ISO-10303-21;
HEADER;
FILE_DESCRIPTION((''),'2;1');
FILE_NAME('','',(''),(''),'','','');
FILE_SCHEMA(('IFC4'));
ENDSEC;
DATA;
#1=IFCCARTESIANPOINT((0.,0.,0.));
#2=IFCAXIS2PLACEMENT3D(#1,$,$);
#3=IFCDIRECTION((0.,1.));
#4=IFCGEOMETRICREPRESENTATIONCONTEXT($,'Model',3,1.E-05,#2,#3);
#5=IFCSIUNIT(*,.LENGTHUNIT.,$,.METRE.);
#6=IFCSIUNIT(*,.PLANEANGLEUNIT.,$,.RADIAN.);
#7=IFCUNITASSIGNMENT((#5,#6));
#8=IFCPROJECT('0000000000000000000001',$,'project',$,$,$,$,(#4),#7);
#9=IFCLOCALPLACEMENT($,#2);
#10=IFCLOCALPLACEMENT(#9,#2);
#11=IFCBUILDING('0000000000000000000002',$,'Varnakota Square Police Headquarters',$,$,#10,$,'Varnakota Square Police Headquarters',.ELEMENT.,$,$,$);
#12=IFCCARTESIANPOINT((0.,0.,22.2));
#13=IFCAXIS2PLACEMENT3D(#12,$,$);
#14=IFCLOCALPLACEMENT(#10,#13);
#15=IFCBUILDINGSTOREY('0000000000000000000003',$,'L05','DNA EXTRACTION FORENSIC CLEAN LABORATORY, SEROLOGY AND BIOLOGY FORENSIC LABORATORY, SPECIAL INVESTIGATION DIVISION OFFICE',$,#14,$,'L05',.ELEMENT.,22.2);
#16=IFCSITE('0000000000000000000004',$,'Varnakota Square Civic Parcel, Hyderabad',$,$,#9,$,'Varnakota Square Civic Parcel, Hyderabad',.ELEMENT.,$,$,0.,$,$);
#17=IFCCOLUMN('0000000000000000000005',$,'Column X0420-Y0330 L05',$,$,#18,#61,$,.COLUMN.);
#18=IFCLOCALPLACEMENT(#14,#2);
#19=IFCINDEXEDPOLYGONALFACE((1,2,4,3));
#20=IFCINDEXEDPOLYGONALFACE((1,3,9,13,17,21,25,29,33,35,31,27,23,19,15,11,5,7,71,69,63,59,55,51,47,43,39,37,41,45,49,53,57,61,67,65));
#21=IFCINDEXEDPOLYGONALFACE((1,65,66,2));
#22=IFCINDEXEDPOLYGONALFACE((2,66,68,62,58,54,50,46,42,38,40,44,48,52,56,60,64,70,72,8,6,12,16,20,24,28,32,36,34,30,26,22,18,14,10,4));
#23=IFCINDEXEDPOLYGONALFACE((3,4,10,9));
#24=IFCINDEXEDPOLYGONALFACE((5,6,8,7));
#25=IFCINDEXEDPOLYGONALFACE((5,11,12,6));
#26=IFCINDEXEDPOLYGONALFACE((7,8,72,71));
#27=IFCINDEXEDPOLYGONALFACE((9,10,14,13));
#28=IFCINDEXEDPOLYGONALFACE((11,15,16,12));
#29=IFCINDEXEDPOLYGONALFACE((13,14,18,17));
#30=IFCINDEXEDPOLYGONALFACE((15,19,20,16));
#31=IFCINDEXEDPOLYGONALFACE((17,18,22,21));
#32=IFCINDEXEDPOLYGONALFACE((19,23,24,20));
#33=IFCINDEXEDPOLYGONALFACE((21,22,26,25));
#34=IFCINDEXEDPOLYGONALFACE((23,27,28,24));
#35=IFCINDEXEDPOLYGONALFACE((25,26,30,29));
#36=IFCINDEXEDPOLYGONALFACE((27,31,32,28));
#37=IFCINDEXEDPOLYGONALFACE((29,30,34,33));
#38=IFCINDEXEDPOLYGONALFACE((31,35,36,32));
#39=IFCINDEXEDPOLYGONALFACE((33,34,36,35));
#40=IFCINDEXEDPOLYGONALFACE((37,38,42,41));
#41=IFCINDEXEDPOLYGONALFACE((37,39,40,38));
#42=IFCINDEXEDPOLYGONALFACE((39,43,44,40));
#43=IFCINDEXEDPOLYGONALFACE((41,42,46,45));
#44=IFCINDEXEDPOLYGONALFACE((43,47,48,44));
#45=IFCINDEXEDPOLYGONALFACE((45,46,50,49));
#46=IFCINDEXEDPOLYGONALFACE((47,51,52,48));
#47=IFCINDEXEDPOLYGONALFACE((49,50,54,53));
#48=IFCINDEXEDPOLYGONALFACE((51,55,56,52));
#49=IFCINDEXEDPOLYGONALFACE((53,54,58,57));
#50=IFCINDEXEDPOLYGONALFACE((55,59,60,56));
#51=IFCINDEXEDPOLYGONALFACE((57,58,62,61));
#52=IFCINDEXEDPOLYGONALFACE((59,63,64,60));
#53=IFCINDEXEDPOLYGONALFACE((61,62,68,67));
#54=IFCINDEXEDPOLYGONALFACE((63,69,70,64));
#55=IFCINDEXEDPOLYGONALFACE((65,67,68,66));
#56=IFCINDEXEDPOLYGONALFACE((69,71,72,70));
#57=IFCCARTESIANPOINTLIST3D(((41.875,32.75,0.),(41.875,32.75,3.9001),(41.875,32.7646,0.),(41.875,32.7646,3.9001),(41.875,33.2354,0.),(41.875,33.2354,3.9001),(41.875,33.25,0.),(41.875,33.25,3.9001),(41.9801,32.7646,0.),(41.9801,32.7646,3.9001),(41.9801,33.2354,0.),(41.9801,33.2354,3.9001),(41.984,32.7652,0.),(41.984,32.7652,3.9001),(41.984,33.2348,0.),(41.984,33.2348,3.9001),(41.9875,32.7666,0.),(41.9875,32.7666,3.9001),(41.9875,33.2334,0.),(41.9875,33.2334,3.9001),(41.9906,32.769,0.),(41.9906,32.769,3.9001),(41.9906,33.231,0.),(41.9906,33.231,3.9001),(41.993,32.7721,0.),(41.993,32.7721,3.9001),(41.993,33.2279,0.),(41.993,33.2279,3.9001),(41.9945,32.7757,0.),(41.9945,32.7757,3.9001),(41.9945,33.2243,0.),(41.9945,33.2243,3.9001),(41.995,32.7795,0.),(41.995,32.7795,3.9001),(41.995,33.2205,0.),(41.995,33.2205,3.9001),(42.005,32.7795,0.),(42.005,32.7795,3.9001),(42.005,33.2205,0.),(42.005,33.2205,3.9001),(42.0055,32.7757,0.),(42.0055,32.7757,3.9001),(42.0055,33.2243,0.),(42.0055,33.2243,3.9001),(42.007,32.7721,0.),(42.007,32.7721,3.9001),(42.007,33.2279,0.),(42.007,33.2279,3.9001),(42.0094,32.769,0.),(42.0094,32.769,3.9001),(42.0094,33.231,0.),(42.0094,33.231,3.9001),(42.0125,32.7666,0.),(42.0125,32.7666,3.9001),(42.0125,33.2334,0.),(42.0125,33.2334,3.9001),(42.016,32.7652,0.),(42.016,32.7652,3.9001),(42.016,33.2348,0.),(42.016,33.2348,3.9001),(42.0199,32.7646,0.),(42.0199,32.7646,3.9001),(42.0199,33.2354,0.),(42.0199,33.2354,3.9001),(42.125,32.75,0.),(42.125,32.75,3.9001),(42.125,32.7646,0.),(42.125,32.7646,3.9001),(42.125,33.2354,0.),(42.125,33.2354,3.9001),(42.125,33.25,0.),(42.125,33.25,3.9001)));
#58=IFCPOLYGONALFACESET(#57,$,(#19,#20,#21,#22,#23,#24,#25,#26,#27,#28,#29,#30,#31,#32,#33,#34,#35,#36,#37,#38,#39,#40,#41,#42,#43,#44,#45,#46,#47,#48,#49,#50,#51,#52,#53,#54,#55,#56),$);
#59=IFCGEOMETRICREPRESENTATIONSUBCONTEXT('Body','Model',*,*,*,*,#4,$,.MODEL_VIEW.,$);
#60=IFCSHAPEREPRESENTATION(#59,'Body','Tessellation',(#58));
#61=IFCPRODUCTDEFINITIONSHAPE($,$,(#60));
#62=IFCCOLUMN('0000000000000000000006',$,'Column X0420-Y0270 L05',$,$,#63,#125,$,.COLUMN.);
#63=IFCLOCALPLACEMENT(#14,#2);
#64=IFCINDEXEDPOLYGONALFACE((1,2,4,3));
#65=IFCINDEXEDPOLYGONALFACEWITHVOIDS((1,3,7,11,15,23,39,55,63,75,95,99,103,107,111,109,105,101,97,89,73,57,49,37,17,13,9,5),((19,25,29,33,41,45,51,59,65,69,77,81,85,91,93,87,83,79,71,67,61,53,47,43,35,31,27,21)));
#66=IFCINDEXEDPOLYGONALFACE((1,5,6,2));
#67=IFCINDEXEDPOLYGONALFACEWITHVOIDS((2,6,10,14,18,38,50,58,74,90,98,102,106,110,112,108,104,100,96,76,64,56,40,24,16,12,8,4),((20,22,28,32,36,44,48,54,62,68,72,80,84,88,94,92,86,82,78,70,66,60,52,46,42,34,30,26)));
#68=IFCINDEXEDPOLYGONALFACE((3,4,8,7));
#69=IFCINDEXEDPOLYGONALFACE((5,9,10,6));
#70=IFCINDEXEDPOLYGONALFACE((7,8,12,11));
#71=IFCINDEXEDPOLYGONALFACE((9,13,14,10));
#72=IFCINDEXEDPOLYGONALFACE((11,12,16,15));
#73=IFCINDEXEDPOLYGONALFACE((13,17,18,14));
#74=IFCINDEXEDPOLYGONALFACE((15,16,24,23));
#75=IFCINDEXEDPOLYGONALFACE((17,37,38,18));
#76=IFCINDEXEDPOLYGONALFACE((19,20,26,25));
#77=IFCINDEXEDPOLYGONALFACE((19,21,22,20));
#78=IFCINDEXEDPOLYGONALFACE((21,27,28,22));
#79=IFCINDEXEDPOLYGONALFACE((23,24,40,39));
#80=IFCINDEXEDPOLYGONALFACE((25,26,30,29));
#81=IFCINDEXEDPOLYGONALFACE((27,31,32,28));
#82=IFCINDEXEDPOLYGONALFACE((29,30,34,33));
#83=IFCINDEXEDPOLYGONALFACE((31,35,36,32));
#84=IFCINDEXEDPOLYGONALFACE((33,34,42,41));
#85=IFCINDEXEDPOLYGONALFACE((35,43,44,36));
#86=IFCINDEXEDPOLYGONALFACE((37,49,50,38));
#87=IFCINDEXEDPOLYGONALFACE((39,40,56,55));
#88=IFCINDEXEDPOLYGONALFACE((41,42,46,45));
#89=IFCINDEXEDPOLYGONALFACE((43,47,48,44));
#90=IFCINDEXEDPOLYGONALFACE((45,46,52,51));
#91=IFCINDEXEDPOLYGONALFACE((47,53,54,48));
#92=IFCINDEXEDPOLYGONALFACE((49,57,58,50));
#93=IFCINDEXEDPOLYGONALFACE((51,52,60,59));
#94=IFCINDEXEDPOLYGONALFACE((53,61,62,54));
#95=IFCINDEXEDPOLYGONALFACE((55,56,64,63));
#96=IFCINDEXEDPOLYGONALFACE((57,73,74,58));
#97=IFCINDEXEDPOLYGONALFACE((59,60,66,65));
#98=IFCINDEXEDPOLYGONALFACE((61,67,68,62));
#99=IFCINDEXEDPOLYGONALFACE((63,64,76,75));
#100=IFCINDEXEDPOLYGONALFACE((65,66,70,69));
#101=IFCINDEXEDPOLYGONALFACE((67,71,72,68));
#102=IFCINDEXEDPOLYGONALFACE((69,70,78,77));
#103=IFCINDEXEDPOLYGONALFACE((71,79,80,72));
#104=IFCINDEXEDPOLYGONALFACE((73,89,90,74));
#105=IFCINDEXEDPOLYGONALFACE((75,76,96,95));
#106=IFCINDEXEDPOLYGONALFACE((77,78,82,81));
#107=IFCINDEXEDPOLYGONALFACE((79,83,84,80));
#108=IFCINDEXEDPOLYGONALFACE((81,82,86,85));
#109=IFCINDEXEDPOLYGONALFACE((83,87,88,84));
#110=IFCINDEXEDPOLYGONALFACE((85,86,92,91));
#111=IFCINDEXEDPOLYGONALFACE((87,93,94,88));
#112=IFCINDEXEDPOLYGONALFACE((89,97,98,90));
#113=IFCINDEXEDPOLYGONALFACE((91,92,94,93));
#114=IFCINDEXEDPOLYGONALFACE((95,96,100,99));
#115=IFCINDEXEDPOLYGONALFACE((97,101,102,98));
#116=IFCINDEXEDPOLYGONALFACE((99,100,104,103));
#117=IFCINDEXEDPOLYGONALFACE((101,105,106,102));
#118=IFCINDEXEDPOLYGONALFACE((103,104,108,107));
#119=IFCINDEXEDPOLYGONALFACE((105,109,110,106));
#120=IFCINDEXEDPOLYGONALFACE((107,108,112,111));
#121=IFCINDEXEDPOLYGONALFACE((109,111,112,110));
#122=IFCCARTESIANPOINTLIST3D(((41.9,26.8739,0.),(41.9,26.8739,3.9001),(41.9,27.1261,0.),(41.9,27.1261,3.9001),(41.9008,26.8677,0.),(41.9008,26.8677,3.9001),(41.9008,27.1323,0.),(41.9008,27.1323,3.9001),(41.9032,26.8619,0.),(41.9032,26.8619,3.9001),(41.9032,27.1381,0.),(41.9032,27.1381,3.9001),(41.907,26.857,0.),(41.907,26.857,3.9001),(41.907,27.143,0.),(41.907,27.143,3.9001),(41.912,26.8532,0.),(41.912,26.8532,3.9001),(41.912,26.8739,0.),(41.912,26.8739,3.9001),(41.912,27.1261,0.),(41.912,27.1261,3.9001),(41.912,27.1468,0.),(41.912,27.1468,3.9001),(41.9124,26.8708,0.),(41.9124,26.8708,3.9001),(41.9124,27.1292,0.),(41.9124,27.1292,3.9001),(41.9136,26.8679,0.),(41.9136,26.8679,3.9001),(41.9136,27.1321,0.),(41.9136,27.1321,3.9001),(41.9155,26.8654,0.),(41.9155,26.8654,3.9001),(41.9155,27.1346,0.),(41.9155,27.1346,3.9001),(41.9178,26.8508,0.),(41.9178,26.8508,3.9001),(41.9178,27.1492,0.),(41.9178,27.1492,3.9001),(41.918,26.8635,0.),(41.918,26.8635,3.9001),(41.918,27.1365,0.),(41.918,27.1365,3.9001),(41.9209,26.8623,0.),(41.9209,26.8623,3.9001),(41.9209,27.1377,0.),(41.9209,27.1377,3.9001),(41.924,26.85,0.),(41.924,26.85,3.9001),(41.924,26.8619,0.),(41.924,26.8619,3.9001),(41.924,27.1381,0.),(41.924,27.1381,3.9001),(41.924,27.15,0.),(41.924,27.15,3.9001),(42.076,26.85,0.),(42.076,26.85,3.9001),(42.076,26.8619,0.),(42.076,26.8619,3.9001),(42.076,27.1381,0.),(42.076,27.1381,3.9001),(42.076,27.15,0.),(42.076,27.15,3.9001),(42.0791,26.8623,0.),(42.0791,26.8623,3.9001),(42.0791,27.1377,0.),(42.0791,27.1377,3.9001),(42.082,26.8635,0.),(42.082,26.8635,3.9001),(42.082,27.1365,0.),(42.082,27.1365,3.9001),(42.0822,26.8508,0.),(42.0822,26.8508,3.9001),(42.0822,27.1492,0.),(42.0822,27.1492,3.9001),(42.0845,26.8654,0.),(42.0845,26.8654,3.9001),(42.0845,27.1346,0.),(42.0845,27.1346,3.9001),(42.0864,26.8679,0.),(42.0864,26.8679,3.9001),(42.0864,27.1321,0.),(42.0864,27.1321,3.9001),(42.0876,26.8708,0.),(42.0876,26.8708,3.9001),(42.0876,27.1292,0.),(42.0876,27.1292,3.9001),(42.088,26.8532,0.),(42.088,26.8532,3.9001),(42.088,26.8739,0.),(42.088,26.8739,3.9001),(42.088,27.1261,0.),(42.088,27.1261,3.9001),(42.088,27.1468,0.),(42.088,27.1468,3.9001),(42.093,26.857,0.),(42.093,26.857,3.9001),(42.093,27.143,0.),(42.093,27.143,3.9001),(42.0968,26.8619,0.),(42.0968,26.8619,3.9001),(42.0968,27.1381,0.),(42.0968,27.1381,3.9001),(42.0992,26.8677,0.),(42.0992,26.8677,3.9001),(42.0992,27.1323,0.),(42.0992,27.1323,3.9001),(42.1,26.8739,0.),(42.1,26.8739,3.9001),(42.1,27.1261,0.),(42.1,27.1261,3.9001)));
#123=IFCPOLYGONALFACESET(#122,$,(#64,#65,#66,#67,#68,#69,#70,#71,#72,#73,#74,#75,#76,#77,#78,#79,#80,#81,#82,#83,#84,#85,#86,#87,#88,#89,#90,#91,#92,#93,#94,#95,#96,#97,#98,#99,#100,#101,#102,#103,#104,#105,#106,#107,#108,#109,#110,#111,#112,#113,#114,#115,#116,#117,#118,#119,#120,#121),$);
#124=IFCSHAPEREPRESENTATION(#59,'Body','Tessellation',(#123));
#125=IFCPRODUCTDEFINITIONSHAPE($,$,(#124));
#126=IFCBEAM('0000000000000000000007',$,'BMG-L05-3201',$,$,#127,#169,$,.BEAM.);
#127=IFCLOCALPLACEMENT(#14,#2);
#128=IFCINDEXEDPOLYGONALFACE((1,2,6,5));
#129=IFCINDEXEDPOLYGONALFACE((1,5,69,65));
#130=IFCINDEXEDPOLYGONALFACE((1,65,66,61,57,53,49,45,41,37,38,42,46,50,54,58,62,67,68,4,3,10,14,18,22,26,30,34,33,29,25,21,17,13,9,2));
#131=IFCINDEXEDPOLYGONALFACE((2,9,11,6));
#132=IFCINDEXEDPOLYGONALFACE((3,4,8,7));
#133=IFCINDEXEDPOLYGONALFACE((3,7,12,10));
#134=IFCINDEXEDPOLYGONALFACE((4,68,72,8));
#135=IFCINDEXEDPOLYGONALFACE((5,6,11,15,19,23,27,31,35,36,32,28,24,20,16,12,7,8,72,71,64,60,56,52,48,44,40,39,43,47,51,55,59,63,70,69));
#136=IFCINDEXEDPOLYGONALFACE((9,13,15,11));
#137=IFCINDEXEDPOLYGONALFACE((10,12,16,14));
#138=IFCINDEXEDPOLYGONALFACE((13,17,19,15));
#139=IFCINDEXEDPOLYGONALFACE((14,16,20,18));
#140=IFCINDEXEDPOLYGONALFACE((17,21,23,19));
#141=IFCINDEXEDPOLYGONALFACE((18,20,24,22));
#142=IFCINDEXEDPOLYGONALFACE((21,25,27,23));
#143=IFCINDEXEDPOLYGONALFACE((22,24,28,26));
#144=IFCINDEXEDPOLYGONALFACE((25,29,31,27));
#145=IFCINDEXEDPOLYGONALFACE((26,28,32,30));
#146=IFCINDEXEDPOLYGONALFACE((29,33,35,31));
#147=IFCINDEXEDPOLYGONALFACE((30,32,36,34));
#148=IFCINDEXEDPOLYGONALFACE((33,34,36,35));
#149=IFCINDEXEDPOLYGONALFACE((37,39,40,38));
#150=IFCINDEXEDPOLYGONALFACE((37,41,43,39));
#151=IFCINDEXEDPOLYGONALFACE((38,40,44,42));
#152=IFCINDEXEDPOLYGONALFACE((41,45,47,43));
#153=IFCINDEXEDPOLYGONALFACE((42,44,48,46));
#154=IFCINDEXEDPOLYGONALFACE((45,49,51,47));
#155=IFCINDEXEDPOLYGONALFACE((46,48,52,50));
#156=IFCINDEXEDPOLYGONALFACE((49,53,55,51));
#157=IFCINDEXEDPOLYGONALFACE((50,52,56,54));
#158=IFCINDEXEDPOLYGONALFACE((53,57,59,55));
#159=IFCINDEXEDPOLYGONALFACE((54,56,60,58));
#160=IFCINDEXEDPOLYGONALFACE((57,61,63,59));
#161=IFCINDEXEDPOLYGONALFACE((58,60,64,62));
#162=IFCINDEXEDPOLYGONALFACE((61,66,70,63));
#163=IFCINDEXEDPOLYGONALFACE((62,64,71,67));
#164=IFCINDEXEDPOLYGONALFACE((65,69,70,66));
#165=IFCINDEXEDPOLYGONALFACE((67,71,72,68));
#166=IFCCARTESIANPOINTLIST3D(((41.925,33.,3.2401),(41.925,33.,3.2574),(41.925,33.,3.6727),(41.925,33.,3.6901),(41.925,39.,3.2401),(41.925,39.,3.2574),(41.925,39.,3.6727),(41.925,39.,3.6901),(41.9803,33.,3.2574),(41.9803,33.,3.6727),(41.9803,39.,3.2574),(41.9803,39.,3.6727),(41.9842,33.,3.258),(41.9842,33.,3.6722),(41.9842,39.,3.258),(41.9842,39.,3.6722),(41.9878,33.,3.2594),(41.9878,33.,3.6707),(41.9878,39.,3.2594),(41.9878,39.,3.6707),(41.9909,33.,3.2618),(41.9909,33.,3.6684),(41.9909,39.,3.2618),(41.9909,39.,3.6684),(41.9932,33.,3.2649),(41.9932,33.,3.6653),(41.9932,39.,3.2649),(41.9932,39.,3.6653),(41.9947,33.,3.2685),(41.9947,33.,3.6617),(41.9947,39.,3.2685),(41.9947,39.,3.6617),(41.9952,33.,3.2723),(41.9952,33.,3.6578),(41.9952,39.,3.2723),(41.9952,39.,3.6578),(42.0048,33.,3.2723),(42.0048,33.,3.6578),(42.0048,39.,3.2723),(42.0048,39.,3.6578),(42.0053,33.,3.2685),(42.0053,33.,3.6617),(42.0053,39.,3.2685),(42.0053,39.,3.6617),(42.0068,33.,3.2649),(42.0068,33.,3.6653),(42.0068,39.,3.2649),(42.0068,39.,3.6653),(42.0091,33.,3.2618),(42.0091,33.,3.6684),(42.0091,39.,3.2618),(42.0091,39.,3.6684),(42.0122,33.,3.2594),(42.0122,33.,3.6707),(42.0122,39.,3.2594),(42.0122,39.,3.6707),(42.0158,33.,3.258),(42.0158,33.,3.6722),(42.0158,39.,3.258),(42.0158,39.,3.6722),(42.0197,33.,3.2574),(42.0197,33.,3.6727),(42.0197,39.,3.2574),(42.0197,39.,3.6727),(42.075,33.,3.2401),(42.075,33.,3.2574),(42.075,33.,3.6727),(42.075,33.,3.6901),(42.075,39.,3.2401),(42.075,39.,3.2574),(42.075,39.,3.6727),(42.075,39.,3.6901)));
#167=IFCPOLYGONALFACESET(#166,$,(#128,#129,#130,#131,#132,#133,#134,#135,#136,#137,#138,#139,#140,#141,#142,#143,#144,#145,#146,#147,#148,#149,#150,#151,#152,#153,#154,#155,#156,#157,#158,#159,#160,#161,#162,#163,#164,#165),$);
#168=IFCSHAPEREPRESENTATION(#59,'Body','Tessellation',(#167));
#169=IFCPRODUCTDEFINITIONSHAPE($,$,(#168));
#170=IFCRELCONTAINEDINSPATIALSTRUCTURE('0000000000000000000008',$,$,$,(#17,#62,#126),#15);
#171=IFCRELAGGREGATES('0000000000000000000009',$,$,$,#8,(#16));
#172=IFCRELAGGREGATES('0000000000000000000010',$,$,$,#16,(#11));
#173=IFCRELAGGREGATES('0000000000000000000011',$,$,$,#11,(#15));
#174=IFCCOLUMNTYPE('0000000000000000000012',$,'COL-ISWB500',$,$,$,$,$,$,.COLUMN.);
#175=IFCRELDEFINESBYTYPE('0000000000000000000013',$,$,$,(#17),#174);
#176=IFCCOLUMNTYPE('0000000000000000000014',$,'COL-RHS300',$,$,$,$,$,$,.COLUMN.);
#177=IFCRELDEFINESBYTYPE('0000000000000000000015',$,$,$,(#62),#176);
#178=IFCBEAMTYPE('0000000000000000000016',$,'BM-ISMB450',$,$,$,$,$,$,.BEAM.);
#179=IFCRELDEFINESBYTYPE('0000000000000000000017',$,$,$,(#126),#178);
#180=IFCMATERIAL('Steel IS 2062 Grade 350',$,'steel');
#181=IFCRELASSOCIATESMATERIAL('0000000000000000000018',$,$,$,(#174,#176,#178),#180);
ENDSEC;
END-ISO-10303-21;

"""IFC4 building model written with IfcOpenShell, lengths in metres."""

from ifc_helpers import new_model, si_unit, direction, frame, origin, origin_2d, place, context, subcontext, project, spatial, hollow_rectangle, i_section, extrude, material, material_profile, profile_set, type_object, element, save


model = new_model("IFC4")

# Units and contexts
model_context = context("Model", 3, precision=1e-05, world=origin(), true_north=direction((0.0, 1.0)))
body_context = subcontext(model_context, "Body", "Model", "MODEL_VIEW")
ifc_project = project(units=[si_unit("LENGTHUNIT", "METRE"), si_unit("PLANEANGLEUNIT", "RADIAN")], contexts=[model_context])

# Site, building, storey
site_placement = place(None, origin())
site = spatial("IfcSite", under=ifc_project, at=site_placement, Name="Varnakota Square Civic Parcel, Hyderabad", LongName="Varnakota Square Civic Parcel, Hyderabad", CompositionType="ELEMENT", RefElevation=0.0)
building_placement = place(site_placement, origin())
building = spatial("IfcBuilding", under=site, at=building_placement, Name="Varnakota Square Police Headquarters", LongName="Varnakota Square Police Headquarters", CompositionType="ELEMENT")
storey_placement = place(building_placement, frame((0.0, 0.0, 22.2)))
storey = spatial("IfcBuildingStorey", under=building, at=storey_placement, Name="L05", Description="DNA EXTRACTION FORENSIC CLEAN LABORATORY, SEROLOGY AND BIOLOGY FORENSIC LABORATORY, SPECIAL INVESTIGATION DIVISION OFFICE", LongName="L05", CompositionType="ELEMENT", Elevation=22.2)

# Columns
ifc_material_1 = material(Name="Steel IS 2062 Grade 350", Category="steel")
ifc_material_profile_1 = material_profile(ifc_material_1, i_section(OverallWidth=0.25, OverallDepth=0.5, WebThickness=0.01, FlangeThickness=0.0146, FilletRadius=0.0149, at=origin_2d()), Name="ISWB 500")
ifc_profile_set_1 = profile_set([ifc_material_profile_1], Name="Steel IS 2062 Grade 350")
column_type_1 = type_object("IfcColumnType", Name="COL-ISWB500", PredefinedType="COLUMN", material=ifc_profile_set_1)
column_1_placement = place(storey_placement, frame((42.0, 33.0, 0.0), z_axis=(0.0, 0.0, 1.0), x_axis=(1.0, 0.0, 0.0)))
element("IfcColumn", 1, at=column_1_placement, inside=storey, type_object=column_type_1, Name="Column X0420-Y0330 L05", PredefinedType="COLUMN", context=body_context, shape_type="SweptSolid", body=[
    extrude(i_section(OverallWidth=0.25, OverallDepth=0.5, WebThickness=0.01, FlangeThickness=0.0146, FilletRadius=0.0149, at=origin_2d()), origin(), (0.0, 0.0, 1.0), 3.9001),
])
ifc_material_profile_2 = material_profile(ifc_material_1, hollow_rectangle(XDim=0.2, YDim=0.3, WallThickness=0.012, InnerFilletRadius=0.012, OuterFilletRadius=0.0239, at=origin_2d()), Name="RHS 300x200x12")
ifc_profile_set_2 = profile_set([ifc_material_profile_2], Name="Steel IS 2062 Grade 350")
column_type_2 = type_object("IfcColumnType", Name="COL-RHS300", PredefinedType="COLUMN", material=ifc_profile_set_2)
column_2_placement = place(storey_placement, frame((42.0, 27.0, 0.0), z_axis=(0.0, 0.0, 1.0), x_axis=(1.0, 0.0, 0.0)))
element("IfcColumn", 2, at=column_2_placement, inside=storey, type_object=column_type_2, Name="Column X0420-Y0270 L05", PredefinedType="COLUMN", context=body_context, shape_type="SweptSolid", body=[
    extrude(hollow_rectangle(XDim=0.2, YDim=0.3, WallThickness=0.012, InnerFilletRadius=0.012, OuterFilletRadius=0.0239, at=origin_2d()), origin(), (0.0, 0.0, 1.0), 3.9001),
])

# Beam
ifc_material_profile_3 = material_profile(ifc_material_1, i_section(OverallWidth=0.1499, OverallDepth=0.45, WebThickness=0.0095, FlangeThickness=0.0173, FilletRadius=0.0149, at=origin_2d()), Name="ISMB 450")
ifc_profile_set_3 = profile_set([ifc_material_profile_3], Name="Steel IS 2062 Grade 350")
beam_type_1 = type_object("IfcBeamType", Name="BM-ISMB450", PredefinedType="BEAM", material=ifc_profile_set_3)
beam_1_placement = place(storey_placement, frame((42.0, 33.0, 3.4651), z_axis=(0.0, 1.0, 0.0), x_axis=(-1.0, 0.0, 0.0)))
element("IfcBeam", 3, at=beam_1_placement, inside=storey, type_object=beam_type_1, Name="BMG-L05-3201", PredefinedType="BEAM", context=body_context, shape_type="SweptSolid", body=[
    extrude(i_section(OverallWidth=0.1499, OverallDepth=0.45, WebThickness=0.0095, FlangeThickness=0.0173, FilletRadius=0.0149, at=origin_2d()), origin(), (0.0, 0.0, 1.0), 6.0),
])

save(model, "model.ifc")
